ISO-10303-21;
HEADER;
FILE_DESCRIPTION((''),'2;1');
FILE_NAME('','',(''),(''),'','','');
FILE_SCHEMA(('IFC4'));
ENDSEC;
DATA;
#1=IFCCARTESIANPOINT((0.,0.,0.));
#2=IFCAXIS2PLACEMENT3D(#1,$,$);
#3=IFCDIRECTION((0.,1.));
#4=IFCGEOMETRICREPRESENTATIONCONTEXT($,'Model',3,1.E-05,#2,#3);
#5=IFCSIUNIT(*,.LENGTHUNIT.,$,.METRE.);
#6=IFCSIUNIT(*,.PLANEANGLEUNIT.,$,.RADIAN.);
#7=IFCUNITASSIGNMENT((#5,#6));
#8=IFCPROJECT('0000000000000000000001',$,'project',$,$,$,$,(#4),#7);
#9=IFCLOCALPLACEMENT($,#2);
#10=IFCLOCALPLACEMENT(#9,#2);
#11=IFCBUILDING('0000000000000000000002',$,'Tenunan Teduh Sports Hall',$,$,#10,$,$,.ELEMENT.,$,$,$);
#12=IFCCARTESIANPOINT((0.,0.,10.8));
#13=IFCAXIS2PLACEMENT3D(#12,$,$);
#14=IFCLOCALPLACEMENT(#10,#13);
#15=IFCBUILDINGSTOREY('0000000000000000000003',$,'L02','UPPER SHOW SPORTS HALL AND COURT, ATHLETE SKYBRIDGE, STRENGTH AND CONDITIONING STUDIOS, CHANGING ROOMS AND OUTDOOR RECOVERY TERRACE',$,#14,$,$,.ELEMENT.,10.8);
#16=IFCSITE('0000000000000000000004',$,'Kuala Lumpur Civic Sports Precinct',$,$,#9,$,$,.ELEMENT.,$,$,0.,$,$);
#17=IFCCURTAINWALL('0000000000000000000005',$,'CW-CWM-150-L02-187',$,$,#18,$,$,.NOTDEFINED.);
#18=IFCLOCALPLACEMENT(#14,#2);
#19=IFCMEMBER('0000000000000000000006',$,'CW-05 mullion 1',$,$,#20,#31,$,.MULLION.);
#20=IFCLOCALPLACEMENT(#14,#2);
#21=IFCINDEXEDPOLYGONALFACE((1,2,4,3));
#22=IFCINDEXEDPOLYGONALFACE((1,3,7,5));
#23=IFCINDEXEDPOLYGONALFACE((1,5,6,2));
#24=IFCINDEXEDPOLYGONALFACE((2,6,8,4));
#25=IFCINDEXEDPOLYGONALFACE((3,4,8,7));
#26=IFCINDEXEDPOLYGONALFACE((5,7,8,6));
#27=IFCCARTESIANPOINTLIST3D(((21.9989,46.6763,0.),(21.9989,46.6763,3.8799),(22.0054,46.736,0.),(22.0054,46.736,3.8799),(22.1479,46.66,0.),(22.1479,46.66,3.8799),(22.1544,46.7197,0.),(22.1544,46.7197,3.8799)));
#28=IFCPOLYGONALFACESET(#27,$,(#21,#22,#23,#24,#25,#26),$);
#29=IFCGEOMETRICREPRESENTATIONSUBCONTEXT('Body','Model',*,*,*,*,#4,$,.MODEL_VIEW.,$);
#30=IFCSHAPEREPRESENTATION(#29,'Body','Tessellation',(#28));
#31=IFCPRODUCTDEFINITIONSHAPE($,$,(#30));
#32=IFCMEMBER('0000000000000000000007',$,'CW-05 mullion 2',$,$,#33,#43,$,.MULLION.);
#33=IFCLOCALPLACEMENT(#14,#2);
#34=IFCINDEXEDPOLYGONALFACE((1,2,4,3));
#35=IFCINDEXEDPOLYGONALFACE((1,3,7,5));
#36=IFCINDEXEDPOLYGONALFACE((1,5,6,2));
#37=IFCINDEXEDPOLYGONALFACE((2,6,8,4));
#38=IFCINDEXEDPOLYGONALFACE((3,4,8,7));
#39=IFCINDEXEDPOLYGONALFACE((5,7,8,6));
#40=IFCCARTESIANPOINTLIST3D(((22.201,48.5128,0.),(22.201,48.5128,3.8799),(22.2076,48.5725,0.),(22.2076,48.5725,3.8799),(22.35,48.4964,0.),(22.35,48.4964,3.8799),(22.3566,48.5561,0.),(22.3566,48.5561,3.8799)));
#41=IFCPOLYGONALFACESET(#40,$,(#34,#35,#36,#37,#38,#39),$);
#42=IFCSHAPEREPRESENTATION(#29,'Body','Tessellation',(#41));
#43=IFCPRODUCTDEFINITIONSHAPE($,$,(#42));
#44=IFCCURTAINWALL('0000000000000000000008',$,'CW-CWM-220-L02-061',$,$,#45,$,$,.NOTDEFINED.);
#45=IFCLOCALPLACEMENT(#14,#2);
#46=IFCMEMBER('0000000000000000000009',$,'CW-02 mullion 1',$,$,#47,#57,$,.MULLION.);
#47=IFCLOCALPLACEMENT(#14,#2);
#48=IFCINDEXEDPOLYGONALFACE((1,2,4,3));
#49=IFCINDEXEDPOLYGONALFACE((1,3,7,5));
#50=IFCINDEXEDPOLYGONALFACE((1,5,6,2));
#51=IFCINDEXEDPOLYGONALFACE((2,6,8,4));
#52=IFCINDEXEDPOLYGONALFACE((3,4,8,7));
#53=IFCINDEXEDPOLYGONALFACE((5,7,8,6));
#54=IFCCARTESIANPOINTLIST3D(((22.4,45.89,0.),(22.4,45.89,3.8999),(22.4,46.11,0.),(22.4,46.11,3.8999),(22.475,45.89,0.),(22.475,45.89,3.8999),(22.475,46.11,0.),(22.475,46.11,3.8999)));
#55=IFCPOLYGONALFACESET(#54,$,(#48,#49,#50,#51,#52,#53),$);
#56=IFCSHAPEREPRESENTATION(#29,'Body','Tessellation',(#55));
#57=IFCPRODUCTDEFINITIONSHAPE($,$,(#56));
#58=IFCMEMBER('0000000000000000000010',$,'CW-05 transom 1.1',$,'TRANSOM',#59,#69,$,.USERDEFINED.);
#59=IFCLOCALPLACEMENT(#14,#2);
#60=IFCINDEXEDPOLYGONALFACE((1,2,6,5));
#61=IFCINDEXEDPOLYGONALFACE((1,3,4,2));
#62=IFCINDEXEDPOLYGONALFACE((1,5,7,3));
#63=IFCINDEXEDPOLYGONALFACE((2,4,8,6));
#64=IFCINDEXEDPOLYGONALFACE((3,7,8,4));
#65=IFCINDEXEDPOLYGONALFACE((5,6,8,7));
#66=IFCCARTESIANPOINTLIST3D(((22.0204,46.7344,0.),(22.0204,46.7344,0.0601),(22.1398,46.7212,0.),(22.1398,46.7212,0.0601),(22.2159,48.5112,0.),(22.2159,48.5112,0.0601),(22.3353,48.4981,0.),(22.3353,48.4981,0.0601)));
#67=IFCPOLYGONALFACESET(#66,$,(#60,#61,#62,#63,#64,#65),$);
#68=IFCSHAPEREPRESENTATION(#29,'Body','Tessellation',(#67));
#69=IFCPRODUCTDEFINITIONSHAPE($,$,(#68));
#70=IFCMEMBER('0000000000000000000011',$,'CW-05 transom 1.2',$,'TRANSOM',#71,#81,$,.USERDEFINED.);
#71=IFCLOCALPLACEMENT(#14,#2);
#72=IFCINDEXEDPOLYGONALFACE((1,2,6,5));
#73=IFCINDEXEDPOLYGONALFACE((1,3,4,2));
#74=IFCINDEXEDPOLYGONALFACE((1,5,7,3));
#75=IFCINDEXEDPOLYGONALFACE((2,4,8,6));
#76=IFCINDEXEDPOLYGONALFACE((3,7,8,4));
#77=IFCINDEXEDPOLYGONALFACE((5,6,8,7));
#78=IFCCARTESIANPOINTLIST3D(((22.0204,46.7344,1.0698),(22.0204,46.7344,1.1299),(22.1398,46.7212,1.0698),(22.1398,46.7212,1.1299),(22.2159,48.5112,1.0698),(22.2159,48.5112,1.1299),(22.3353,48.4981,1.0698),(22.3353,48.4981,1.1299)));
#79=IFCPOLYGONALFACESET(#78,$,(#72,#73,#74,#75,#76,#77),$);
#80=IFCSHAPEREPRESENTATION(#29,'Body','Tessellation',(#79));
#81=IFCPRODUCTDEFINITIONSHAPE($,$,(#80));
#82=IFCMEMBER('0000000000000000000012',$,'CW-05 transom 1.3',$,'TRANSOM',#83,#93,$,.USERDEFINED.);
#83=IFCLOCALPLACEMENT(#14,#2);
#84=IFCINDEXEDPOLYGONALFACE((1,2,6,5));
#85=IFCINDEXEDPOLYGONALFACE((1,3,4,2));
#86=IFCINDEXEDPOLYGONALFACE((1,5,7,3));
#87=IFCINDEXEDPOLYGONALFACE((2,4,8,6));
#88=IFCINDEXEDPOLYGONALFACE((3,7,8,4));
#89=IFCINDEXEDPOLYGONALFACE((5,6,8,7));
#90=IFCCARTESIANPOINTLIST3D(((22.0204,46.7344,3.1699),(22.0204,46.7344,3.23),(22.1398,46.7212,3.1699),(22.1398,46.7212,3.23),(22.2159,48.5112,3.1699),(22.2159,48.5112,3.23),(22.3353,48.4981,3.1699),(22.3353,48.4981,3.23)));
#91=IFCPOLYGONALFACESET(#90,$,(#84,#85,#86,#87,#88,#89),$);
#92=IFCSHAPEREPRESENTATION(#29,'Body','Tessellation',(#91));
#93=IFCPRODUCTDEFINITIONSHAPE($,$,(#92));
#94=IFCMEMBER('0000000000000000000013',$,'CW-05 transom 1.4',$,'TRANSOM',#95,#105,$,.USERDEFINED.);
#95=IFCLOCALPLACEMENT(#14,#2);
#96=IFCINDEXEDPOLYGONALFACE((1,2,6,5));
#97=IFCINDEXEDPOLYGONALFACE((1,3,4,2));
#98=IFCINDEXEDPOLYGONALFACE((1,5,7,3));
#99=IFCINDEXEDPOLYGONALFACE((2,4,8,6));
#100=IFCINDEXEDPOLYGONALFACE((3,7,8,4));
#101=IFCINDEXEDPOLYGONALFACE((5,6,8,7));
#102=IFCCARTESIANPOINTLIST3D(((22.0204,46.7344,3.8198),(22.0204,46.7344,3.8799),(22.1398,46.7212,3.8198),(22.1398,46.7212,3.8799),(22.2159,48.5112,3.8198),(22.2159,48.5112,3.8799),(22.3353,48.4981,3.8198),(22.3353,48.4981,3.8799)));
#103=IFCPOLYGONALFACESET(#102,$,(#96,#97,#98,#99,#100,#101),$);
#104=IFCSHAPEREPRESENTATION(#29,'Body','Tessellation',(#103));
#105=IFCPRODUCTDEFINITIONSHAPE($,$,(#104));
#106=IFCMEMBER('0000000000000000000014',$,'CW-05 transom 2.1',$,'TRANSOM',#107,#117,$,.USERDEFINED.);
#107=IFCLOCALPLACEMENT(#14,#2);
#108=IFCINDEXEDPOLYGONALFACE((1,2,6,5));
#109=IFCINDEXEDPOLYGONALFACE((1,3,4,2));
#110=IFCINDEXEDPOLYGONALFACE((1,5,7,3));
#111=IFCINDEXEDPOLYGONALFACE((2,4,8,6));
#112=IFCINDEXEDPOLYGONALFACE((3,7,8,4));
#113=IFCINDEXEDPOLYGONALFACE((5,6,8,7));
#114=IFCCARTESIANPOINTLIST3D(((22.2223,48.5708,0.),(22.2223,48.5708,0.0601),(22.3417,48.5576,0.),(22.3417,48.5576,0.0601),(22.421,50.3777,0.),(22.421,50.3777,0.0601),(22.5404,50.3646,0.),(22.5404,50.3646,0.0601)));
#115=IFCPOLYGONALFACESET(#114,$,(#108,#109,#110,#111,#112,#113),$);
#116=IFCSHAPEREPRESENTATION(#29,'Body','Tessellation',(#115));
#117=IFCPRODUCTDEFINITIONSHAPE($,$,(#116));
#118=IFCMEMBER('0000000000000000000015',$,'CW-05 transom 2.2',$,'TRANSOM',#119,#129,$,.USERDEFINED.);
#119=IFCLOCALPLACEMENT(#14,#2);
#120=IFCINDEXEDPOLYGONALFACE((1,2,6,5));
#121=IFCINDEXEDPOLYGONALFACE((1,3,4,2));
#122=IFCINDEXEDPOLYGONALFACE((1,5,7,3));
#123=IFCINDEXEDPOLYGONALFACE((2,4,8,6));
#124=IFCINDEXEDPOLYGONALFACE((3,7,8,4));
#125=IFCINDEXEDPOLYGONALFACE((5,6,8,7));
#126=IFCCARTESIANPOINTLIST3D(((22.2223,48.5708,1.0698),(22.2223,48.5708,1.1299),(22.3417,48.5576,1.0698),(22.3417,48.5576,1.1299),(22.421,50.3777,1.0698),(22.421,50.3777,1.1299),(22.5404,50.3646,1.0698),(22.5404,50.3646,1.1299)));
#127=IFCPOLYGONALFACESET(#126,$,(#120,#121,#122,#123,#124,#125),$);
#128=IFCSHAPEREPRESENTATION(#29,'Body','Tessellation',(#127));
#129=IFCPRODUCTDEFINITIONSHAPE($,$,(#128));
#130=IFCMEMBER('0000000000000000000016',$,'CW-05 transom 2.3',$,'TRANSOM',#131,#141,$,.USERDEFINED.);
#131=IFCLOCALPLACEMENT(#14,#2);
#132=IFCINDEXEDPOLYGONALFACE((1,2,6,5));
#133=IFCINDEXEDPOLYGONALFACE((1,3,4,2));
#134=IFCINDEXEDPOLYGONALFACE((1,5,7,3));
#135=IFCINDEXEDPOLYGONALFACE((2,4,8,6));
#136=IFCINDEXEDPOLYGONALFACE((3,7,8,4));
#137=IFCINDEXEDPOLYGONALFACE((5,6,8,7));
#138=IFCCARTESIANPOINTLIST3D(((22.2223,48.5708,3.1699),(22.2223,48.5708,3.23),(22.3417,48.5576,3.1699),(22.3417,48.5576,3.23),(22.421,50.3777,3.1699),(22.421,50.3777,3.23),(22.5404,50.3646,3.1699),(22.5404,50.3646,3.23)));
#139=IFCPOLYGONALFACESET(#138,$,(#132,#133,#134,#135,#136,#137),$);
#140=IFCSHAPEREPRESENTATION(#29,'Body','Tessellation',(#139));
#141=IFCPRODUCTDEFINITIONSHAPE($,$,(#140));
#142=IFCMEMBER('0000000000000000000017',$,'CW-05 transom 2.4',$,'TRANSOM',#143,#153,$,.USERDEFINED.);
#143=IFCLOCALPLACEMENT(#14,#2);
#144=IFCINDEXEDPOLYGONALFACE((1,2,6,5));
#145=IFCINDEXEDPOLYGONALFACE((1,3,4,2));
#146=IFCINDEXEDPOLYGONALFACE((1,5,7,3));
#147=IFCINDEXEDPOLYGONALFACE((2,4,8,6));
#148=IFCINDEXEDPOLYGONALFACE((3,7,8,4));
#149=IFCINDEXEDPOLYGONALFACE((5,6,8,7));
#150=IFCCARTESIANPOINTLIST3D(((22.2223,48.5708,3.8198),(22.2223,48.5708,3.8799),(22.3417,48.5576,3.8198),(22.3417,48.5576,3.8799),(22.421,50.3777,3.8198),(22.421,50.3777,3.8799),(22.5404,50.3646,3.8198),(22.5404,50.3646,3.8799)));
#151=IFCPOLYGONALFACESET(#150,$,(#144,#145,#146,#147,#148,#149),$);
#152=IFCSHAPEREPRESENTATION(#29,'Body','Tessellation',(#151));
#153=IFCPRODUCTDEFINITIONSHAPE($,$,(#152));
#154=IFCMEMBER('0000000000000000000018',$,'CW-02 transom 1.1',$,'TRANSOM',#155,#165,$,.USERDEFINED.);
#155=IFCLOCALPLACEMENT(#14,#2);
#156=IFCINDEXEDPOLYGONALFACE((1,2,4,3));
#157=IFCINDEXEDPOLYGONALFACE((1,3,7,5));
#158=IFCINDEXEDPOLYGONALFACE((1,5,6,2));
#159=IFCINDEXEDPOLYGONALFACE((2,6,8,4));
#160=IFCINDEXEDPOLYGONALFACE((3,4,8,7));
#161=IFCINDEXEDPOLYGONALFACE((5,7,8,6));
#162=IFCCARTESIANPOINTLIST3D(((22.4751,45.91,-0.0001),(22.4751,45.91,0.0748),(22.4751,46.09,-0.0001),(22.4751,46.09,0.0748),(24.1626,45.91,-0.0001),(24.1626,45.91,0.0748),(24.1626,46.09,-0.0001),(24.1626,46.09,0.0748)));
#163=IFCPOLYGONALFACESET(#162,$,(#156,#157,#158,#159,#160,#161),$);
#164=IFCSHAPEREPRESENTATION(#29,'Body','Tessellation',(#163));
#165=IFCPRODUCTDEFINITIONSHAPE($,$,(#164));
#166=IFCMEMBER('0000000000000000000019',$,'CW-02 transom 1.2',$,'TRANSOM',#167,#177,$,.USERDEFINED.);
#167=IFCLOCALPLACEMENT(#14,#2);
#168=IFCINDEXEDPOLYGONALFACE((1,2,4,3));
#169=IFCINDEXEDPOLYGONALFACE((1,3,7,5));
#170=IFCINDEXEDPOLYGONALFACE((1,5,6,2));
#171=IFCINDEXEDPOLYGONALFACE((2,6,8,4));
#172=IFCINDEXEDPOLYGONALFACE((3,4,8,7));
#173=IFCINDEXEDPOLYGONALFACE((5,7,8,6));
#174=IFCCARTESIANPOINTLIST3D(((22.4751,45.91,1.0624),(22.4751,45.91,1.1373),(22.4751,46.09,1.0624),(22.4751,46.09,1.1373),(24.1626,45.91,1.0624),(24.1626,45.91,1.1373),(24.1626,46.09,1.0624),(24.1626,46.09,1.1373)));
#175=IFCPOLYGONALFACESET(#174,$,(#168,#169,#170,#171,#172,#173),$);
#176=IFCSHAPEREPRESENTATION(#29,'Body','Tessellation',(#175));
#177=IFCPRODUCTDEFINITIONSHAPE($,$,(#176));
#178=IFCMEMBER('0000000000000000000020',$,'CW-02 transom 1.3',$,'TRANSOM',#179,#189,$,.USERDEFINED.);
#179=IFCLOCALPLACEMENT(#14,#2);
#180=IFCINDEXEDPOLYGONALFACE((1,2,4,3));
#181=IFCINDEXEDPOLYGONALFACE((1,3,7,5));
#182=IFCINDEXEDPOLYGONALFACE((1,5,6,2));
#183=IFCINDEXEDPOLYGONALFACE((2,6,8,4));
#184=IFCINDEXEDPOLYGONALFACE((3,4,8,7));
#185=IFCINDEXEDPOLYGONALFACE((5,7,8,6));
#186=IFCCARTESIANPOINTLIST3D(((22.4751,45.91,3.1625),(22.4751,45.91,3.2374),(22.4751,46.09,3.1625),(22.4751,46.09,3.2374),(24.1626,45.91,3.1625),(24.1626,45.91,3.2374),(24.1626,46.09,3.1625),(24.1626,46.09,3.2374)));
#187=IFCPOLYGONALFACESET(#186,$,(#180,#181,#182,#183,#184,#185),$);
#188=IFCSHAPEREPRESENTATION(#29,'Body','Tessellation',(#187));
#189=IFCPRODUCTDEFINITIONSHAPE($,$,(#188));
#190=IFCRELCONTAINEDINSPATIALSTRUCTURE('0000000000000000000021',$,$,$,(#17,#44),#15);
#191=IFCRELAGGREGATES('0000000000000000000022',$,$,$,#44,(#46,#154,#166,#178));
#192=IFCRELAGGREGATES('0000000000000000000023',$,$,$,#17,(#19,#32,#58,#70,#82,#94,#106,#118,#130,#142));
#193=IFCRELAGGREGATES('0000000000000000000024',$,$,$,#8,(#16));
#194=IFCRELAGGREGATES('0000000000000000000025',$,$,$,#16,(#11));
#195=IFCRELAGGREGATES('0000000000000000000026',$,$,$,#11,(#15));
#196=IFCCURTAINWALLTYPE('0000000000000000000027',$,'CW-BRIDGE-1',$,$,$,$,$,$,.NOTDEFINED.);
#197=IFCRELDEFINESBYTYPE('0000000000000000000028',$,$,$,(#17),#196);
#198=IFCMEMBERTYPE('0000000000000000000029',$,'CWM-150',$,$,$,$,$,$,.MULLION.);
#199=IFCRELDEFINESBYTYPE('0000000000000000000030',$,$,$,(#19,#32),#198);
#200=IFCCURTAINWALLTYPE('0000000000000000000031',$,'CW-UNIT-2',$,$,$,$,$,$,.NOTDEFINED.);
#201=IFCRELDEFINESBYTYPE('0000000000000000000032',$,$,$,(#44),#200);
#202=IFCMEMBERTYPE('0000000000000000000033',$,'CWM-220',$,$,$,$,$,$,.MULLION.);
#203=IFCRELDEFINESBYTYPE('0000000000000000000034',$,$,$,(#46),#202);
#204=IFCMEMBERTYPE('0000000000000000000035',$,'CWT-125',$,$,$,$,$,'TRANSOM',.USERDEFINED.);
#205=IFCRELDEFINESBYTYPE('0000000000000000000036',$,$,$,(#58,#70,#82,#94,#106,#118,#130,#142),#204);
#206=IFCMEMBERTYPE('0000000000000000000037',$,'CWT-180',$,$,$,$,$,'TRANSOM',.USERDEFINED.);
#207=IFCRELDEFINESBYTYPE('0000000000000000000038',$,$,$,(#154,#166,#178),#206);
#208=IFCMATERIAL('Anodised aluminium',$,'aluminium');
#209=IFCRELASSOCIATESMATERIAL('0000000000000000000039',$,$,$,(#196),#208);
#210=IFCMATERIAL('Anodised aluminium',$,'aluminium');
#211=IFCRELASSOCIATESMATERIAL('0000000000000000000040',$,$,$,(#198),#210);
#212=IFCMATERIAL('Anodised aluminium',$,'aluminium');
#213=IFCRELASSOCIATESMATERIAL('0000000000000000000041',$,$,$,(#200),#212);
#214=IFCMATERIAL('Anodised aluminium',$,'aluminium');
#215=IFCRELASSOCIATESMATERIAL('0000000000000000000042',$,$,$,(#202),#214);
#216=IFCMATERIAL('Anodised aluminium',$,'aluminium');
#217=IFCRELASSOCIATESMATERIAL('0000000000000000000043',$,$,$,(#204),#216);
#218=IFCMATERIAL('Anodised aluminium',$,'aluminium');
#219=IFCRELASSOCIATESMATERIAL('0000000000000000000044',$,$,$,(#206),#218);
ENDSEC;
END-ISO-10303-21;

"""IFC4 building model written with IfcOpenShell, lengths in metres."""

from ifc_helpers import new_model, si_unit, direction, frame, origin, origin_2d, place, context, subcontext, project, spatial, rectangle, extrude, material, material_profile, profile_set, type_object, element, aggregate, save


model = new_model("IFC4")

# Units and contexts
model_context = context("Model", 3, precision=1e-05, world=origin(), true_north=direction((0.0, 1.0)))
body_context = subcontext(model_context, "Body", "Model", "MODEL_VIEW")
ifc_project = project(units=[si_unit("LENGTHUNIT", "METRE"), si_unit("PLANEANGLEUNIT", "RADIAN")], contexts=[model_context])

# Site, building, storey
site_placement = place(None, origin())
site = spatial("IfcSite", under=ifc_project, at=site_placement, Name="Kuala Lumpur Civic Sports Precinct", CompositionType="ELEMENT", RefElevation=0.0)
building_placement = place(site_placement, origin())
building = spatial("IfcBuilding", under=site, at=building_placement, Name="Tenunan Teduh Sports Hall", CompositionType="ELEMENT")
storey_placement = place(building_placement, frame((0.0, 0.0, 10.8)))
storey = spatial("IfcBuildingStorey", under=building, at=storey_placement, Name="L02", Description="UPPER SHOW SPORTS HALL AND COURT, ATHLETE SKYBRIDGE, STRENGTH AND CONDITIONING STUDIOS, CHANGING ROOMS AND OUTDOOR RECOVERY TERRACE", CompositionType="ELEMENT", Elevation=10.8)

# Curtain wall, members
ifc_material_1 = material(Name="Anodised aluminium", Category="aluminium")
curtain_wall_type_1 = type_object("IfcCurtainWallType", Name="CW-BRIDGE-1", PredefinedType="NOTDEFINED", material=ifc_material_1)
curtain_wall_1_placement = place(storey_placement, origin())
curtain_wall_1 = element("IfcCurtainWall", 1, at=curtain_wall_1_placement, inside=storey, type_object=curtain_wall_type_1, Name="CW-CWM-150-L02-187", PredefinedType="NOTDEFINED")
ifc_material_2 = material(Name="Anodised aluminium", Category="aluminium")
ifc_material_profile_1 = material_profile(ifc_material_2, rectangle(XDim=0.0601, YDim=0.1499, at=origin_2d()), Name="CWM 60x150")
ifc_profile_set_1 = profile_set([ifc_material_profile_1], Name="Anodised aluminium")
member_type_1 = type_object("IfcMemberType", Name="CWM-150", PredefinedType="MULLION", material=ifc_profile_set_1)
member_1_placement = place(storey_placement, frame((22.0767, 46.698, 0.0), z_axis=(0.0, 0.0, 1.0), x_axis=(0.109339, 0.994005, 0.0)))
member_1 = element("IfcMember", 2, at=member_1_placement, type_object=member_type_1, Name="CW-05 mullion 1", PredefinedType="MULLION", context=body_context, shape_type="SweptSolid", body=[
    extrude(rectangle(XDim=0.0601, YDim=0.1499, at=origin_2d()), origin(), (0.0, 0.0, 1.0), 3.8799),
])
member_2_placement = place(storey_placement, frame((22.2788, 48.5344, 0.0), z_axis=(0.0, 0.0, 1.0), x_axis=(0.109339, 0.994005, 0.0)))
member_2 = element("IfcMember", 3, at=member_2_placement, type_object=member_type_1, Name="CW-05 mullion 2", PredefinedType="MULLION", context=body_context, shape_type="SweptSolid", body=[
    extrude(rectangle(XDim=0.0601, YDim=0.1499, at=origin_2d()), origin(), (0.0, 0.0, 1.0), 3.8799),
])

# Curtain wall, member
ifc_material_3 = material(Name="Anodised aluminium", Category="aluminium")
curtain_wall_type_2 = type_object("IfcCurtainWallType", Name="CW-UNIT-2", PredefinedType="NOTDEFINED", material=ifc_material_3)
curtain_wall_2_placement = place(storey_placement, origin())
curtain_wall_2 = element("IfcCurtainWall", 4, at=curtain_wall_2_placement, inside=storey, type_object=curtain_wall_type_2, Name="CW-CWM-220-L02-061", PredefinedType="NOTDEFINED")
ifc_material_4 = material(Name="Anodised aluminium", Category="aluminium")
ifc_material_profile_2 = material_profile(ifc_material_4, rectangle(XDim=0.075, YDim=0.22, at=origin_2d()), Name="CWM 75x220")
ifc_profile_set_2 = profile_set([ifc_material_profile_2], Name="Anodised aluminium")
member_type_2 = type_object("IfcMemberType", Name="CWM-220", PredefinedType="MULLION", material=ifc_profile_set_2)
member_3_placement = place(storey_placement, frame((22.4375, 46.0, 0.0), z_axis=(0.0, 0.0, 1.0), x_axis=(1.0, 0.0, 0.0)))
member_3 = element("IfcMember", 5, at=member_3_placement, type_object=member_type_2, Name="CW-02 mullion 1", PredefinedType="MULLION", context=body_context, shape_type="SweptSolid", body=[
    extrude(rectangle(XDim=0.075, YDim=0.22, at=origin_2d()), origin(), (0.0, 0.0, 1.0), 3.8999),
])

# Members
ifc_material_5 = material(Name="Anodised aluminium", Category="aluminium")
ifc_material_profile_3 = material_profile(ifc_material_5, rectangle(XDim=0.0601, YDim=0.1201, at=origin_2d()), Name="CWT 60x120")
ifc_profile_set_3 = profile_set([ifc_material_profile_3], Name="Anodised aluminium")
member_type_3 = type_object("IfcMemberType", Name="CWT-125", ElementType="TRANSOM", PredefinedType="USERDEFINED", material=ifc_profile_set_3)
member_4_placement = place(storey_placement, frame((22.0801, 46.7278, 0.03), z_axis=(0.109397, 0.993998, 0.0), x_axis=(0.0, 0.0, 1.0)))
member_4 = element("IfcMember", 6, at=member_4_placement, type_object=member_type_3, Name="CW-05 transom 1.1", ObjectType="TRANSOM", PredefinedType="USERDEFINED", context=body_context, shape_type="SweptSolid", body=[
    extrude(rectangle(XDim=0.0601, YDim=0.1201, at=origin_2d()), origin(), (0.0, 0.0, 1.0), 1.7876),
])
member_5_placement = place(storey_placement, frame((22.0801, 46.7278, 1.0999), z_axis=(0.109397, 0.993998, 0.0), x_axis=(0.0, 0.0, 1.0)))
member_5 = element("IfcMember", 7, at=member_5_placement, type_object=member_type_3, Name="CW-05 transom 1.2", ObjectType="TRANSOM", PredefinedType="USERDEFINED", context=body_context, shape_type="SweptSolid", body=[
    extrude(rectangle(XDim=0.0601, YDim=0.1201, at=origin_2d()), origin(), (0.0, 0.0, 1.0), 1.7876),
])
member_6_placement = place(storey_placement, frame((22.0801, 46.7278, 3.2), z_axis=(0.109397, 0.993998, 0.0), x_axis=(0.0, 0.0, 1.0)))
member_6 = element("IfcMember", 8, at=member_6_placement, type_object=member_type_3, Name="CW-05 transom 1.3", ObjectType="TRANSOM", PredefinedType="USERDEFINED", context=body_context, shape_type="SweptSolid", body=[
    extrude(rectangle(XDim=0.0601, YDim=0.1201, at=origin_2d()), origin(), (0.0, 0.0, 1.0), 1.7876),
])
member_7_placement = place(storey_placement, frame((22.0801, 46.7278, 3.8499), z_axis=(0.109397, 0.993998, 0.0), x_axis=(0.0, 0.0, 1.0)))
member_7 = element("IfcMember", 9, at=member_7_placement, type_object=member_type_3, Name="CW-05 transom 1.4", ObjectType="TRANSOM", PredefinedType="USERDEFINED", context=body_context, shape_type="SweptSolid", body=[
    extrude(rectangle(XDim=0.0601, YDim=0.1201, at=origin_2d()), origin(), (0.0, 0.0, 1.0), 1.7876),
])
member_8_placement = place(storey_placement, frame((22.282, 48.5642, 0.03), z_axis=(0.109326, 0.994006, 0.0), x_axis=(0.0, 0.0, 1.0)))
member_8 = element("IfcMember", 10, at=member_8_placement, type_object=member_type_3, Name="CW-05 transom 2.1", ObjectType="TRANSOM", PredefinedType="USERDEFINED", context=body_context, shape_type="SweptSolid", body=[
    extrude(rectangle(XDim=0.0601, YDim=0.1201, at=origin_2d()), origin(), (0.0, 0.0, 1.0), 1.8179),
])
member_9_placement = place(storey_placement, frame((22.282, 48.5642, 1.0999), z_axis=(0.109326, 0.994006, 0.0), x_axis=(0.0, 0.0, 1.0)))
member_9 = element("IfcMember", 11, at=member_9_placement, type_object=member_type_3, Name="CW-05 transom 2.2", ObjectType="TRANSOM", PredefinedType="USERDEFINED", context=body_context, shape_type="SweptSolid", body=[
    extrude(rectangle(XDim=0.0601, YDim=0.1201, at=origin_2d()), origin(), (0.0, 0.0, 1.0), 1.8179),
])
member_10_placement = place(storey_placement, frame((22.282, 48.5642, 3.2), z_axis=(0.109326, 0.994006, 0.0), x_axis=(0.0, 0.0, 1.0)))
member_10 = element("IfcMember", 12, at=member_10_placement, type_object=member_type_3, Name="CW-05 transom 2.3", ObjectType="TRANSOM", PredefinedType="USERDEFINED", context=body_context, shape_type="SweptSolid", body=[
    extrude(rectangle(XDim=0.0601, YDim=0.1201, at=origin_2d()), origin(), (0.0, 0.0, 1.0), 1.8179),
])
member_11_placement = place(storey_placement, frame((22.282, 48.5642, 3.8499), z_axis=(0.109326, 0.994006, 0.0), x_axis=(0.0, 0.0, 1.0)))
member_11 = element("IfcMember", 13, at=member_11_placement, type_object=member_type_3, Name="CW-05 transom 2.4", ObjectType="TRANSOM", PredefinedType="USERDEFINED", context=body_context, shape_type="SweptSolid", body=[
    extrude(rectangle(XDim=0.0601, YDim=0.1201, at=origin_2d()), origin(), (0.0, 0.0, 1.0), 1.8179),
])
ifc_material_6 = material(Name="Anodised aluminium", Category="aluminium")
ifc_material_profile_4 = material_profile(ifc_material_6, rectangle(XDim=0.075, YDim=0.1799, at=origin_2d()), Name="CWT 75x180")
ifc_profile_set_4 = profile_set([ifc_material_profile_4], Name="Anodised aluminium")
member_type_4 = type_object("IfcMemberType", Name="CWT-180", ElementType="TRANSOM", PredefinedType="USERDEFINED", material=ifc_profile_set_4)
member_12_placement = place(storey_placement, frame((22.4751, 46.0, 0.0374), z_axis=(1.0, 0.0, 0.0), x_axis=(0.0, 0.0, 1.0)))
member_12 = element("IfcMember", 14, at=member_12_placement, type_object=member_type_4, Name="CW-02 transom 1.1", ObjectType="TRANSOM", PredefinedType="USERDEFINED", context=body_context, shape_type="SweptSolid", body=[
    extrude(rectangle(XDim=0.075, YDim=0.1799, at=origin_2d()), origin(), (0.0, 0.0, 1.0), 1.6875),
])
member_13_placement = place(storey_placement, frame((22.4751, 46.0, 1.0999), z_axis=(1.0, 0.0, 0.0), x_axis=(0.0, 0.0, 1.0)))
member_13 = element("IfcMember", 15, at=member_13_placement, type_object=member_type_4, Name="CW-02 transom 1.2", ObjectType="TRANSOM", PredefinedType="USERDEFINED", context=body_context, shape_type="SweptSolid", body=[
    extrude(rectangle(XDim=0.075, YDim=0.1799, at=origin_2d()), origin(), (0.0, 0.0, 1.0), 1.6875),
])
member_14_placement = place(storey_placement, frame((22.4751, 46.0, 3.2), z_axis=(1.0, 0.0, 0.0), x_axis=(0.0, 0.0, 1.0)))
member_14 = element("IfcMember", 16, at=member_14_placement, type_object=member_type_4, Name="CW-02 transom 1.3", ObjectType="TRANSOM", PredefinedType="USERDEFINED", context=body_context, shape_type="SweptSolid", body=[
    extrude(rectangle(XDim=0.075, YDim=0.1799, at=origin_2d()), origin(), (0.0, 0.0, 1.0), 1.6875),
])

aggregate(curtain_wall_2, [member_3, member_12, member_13, member_14])
aggregate(curtain_wall_1, [member_1, member_2, member_4, member_5, member_6, member_7, member_8, member_9, member_10, member_11])

save(model, "model.ifc")
